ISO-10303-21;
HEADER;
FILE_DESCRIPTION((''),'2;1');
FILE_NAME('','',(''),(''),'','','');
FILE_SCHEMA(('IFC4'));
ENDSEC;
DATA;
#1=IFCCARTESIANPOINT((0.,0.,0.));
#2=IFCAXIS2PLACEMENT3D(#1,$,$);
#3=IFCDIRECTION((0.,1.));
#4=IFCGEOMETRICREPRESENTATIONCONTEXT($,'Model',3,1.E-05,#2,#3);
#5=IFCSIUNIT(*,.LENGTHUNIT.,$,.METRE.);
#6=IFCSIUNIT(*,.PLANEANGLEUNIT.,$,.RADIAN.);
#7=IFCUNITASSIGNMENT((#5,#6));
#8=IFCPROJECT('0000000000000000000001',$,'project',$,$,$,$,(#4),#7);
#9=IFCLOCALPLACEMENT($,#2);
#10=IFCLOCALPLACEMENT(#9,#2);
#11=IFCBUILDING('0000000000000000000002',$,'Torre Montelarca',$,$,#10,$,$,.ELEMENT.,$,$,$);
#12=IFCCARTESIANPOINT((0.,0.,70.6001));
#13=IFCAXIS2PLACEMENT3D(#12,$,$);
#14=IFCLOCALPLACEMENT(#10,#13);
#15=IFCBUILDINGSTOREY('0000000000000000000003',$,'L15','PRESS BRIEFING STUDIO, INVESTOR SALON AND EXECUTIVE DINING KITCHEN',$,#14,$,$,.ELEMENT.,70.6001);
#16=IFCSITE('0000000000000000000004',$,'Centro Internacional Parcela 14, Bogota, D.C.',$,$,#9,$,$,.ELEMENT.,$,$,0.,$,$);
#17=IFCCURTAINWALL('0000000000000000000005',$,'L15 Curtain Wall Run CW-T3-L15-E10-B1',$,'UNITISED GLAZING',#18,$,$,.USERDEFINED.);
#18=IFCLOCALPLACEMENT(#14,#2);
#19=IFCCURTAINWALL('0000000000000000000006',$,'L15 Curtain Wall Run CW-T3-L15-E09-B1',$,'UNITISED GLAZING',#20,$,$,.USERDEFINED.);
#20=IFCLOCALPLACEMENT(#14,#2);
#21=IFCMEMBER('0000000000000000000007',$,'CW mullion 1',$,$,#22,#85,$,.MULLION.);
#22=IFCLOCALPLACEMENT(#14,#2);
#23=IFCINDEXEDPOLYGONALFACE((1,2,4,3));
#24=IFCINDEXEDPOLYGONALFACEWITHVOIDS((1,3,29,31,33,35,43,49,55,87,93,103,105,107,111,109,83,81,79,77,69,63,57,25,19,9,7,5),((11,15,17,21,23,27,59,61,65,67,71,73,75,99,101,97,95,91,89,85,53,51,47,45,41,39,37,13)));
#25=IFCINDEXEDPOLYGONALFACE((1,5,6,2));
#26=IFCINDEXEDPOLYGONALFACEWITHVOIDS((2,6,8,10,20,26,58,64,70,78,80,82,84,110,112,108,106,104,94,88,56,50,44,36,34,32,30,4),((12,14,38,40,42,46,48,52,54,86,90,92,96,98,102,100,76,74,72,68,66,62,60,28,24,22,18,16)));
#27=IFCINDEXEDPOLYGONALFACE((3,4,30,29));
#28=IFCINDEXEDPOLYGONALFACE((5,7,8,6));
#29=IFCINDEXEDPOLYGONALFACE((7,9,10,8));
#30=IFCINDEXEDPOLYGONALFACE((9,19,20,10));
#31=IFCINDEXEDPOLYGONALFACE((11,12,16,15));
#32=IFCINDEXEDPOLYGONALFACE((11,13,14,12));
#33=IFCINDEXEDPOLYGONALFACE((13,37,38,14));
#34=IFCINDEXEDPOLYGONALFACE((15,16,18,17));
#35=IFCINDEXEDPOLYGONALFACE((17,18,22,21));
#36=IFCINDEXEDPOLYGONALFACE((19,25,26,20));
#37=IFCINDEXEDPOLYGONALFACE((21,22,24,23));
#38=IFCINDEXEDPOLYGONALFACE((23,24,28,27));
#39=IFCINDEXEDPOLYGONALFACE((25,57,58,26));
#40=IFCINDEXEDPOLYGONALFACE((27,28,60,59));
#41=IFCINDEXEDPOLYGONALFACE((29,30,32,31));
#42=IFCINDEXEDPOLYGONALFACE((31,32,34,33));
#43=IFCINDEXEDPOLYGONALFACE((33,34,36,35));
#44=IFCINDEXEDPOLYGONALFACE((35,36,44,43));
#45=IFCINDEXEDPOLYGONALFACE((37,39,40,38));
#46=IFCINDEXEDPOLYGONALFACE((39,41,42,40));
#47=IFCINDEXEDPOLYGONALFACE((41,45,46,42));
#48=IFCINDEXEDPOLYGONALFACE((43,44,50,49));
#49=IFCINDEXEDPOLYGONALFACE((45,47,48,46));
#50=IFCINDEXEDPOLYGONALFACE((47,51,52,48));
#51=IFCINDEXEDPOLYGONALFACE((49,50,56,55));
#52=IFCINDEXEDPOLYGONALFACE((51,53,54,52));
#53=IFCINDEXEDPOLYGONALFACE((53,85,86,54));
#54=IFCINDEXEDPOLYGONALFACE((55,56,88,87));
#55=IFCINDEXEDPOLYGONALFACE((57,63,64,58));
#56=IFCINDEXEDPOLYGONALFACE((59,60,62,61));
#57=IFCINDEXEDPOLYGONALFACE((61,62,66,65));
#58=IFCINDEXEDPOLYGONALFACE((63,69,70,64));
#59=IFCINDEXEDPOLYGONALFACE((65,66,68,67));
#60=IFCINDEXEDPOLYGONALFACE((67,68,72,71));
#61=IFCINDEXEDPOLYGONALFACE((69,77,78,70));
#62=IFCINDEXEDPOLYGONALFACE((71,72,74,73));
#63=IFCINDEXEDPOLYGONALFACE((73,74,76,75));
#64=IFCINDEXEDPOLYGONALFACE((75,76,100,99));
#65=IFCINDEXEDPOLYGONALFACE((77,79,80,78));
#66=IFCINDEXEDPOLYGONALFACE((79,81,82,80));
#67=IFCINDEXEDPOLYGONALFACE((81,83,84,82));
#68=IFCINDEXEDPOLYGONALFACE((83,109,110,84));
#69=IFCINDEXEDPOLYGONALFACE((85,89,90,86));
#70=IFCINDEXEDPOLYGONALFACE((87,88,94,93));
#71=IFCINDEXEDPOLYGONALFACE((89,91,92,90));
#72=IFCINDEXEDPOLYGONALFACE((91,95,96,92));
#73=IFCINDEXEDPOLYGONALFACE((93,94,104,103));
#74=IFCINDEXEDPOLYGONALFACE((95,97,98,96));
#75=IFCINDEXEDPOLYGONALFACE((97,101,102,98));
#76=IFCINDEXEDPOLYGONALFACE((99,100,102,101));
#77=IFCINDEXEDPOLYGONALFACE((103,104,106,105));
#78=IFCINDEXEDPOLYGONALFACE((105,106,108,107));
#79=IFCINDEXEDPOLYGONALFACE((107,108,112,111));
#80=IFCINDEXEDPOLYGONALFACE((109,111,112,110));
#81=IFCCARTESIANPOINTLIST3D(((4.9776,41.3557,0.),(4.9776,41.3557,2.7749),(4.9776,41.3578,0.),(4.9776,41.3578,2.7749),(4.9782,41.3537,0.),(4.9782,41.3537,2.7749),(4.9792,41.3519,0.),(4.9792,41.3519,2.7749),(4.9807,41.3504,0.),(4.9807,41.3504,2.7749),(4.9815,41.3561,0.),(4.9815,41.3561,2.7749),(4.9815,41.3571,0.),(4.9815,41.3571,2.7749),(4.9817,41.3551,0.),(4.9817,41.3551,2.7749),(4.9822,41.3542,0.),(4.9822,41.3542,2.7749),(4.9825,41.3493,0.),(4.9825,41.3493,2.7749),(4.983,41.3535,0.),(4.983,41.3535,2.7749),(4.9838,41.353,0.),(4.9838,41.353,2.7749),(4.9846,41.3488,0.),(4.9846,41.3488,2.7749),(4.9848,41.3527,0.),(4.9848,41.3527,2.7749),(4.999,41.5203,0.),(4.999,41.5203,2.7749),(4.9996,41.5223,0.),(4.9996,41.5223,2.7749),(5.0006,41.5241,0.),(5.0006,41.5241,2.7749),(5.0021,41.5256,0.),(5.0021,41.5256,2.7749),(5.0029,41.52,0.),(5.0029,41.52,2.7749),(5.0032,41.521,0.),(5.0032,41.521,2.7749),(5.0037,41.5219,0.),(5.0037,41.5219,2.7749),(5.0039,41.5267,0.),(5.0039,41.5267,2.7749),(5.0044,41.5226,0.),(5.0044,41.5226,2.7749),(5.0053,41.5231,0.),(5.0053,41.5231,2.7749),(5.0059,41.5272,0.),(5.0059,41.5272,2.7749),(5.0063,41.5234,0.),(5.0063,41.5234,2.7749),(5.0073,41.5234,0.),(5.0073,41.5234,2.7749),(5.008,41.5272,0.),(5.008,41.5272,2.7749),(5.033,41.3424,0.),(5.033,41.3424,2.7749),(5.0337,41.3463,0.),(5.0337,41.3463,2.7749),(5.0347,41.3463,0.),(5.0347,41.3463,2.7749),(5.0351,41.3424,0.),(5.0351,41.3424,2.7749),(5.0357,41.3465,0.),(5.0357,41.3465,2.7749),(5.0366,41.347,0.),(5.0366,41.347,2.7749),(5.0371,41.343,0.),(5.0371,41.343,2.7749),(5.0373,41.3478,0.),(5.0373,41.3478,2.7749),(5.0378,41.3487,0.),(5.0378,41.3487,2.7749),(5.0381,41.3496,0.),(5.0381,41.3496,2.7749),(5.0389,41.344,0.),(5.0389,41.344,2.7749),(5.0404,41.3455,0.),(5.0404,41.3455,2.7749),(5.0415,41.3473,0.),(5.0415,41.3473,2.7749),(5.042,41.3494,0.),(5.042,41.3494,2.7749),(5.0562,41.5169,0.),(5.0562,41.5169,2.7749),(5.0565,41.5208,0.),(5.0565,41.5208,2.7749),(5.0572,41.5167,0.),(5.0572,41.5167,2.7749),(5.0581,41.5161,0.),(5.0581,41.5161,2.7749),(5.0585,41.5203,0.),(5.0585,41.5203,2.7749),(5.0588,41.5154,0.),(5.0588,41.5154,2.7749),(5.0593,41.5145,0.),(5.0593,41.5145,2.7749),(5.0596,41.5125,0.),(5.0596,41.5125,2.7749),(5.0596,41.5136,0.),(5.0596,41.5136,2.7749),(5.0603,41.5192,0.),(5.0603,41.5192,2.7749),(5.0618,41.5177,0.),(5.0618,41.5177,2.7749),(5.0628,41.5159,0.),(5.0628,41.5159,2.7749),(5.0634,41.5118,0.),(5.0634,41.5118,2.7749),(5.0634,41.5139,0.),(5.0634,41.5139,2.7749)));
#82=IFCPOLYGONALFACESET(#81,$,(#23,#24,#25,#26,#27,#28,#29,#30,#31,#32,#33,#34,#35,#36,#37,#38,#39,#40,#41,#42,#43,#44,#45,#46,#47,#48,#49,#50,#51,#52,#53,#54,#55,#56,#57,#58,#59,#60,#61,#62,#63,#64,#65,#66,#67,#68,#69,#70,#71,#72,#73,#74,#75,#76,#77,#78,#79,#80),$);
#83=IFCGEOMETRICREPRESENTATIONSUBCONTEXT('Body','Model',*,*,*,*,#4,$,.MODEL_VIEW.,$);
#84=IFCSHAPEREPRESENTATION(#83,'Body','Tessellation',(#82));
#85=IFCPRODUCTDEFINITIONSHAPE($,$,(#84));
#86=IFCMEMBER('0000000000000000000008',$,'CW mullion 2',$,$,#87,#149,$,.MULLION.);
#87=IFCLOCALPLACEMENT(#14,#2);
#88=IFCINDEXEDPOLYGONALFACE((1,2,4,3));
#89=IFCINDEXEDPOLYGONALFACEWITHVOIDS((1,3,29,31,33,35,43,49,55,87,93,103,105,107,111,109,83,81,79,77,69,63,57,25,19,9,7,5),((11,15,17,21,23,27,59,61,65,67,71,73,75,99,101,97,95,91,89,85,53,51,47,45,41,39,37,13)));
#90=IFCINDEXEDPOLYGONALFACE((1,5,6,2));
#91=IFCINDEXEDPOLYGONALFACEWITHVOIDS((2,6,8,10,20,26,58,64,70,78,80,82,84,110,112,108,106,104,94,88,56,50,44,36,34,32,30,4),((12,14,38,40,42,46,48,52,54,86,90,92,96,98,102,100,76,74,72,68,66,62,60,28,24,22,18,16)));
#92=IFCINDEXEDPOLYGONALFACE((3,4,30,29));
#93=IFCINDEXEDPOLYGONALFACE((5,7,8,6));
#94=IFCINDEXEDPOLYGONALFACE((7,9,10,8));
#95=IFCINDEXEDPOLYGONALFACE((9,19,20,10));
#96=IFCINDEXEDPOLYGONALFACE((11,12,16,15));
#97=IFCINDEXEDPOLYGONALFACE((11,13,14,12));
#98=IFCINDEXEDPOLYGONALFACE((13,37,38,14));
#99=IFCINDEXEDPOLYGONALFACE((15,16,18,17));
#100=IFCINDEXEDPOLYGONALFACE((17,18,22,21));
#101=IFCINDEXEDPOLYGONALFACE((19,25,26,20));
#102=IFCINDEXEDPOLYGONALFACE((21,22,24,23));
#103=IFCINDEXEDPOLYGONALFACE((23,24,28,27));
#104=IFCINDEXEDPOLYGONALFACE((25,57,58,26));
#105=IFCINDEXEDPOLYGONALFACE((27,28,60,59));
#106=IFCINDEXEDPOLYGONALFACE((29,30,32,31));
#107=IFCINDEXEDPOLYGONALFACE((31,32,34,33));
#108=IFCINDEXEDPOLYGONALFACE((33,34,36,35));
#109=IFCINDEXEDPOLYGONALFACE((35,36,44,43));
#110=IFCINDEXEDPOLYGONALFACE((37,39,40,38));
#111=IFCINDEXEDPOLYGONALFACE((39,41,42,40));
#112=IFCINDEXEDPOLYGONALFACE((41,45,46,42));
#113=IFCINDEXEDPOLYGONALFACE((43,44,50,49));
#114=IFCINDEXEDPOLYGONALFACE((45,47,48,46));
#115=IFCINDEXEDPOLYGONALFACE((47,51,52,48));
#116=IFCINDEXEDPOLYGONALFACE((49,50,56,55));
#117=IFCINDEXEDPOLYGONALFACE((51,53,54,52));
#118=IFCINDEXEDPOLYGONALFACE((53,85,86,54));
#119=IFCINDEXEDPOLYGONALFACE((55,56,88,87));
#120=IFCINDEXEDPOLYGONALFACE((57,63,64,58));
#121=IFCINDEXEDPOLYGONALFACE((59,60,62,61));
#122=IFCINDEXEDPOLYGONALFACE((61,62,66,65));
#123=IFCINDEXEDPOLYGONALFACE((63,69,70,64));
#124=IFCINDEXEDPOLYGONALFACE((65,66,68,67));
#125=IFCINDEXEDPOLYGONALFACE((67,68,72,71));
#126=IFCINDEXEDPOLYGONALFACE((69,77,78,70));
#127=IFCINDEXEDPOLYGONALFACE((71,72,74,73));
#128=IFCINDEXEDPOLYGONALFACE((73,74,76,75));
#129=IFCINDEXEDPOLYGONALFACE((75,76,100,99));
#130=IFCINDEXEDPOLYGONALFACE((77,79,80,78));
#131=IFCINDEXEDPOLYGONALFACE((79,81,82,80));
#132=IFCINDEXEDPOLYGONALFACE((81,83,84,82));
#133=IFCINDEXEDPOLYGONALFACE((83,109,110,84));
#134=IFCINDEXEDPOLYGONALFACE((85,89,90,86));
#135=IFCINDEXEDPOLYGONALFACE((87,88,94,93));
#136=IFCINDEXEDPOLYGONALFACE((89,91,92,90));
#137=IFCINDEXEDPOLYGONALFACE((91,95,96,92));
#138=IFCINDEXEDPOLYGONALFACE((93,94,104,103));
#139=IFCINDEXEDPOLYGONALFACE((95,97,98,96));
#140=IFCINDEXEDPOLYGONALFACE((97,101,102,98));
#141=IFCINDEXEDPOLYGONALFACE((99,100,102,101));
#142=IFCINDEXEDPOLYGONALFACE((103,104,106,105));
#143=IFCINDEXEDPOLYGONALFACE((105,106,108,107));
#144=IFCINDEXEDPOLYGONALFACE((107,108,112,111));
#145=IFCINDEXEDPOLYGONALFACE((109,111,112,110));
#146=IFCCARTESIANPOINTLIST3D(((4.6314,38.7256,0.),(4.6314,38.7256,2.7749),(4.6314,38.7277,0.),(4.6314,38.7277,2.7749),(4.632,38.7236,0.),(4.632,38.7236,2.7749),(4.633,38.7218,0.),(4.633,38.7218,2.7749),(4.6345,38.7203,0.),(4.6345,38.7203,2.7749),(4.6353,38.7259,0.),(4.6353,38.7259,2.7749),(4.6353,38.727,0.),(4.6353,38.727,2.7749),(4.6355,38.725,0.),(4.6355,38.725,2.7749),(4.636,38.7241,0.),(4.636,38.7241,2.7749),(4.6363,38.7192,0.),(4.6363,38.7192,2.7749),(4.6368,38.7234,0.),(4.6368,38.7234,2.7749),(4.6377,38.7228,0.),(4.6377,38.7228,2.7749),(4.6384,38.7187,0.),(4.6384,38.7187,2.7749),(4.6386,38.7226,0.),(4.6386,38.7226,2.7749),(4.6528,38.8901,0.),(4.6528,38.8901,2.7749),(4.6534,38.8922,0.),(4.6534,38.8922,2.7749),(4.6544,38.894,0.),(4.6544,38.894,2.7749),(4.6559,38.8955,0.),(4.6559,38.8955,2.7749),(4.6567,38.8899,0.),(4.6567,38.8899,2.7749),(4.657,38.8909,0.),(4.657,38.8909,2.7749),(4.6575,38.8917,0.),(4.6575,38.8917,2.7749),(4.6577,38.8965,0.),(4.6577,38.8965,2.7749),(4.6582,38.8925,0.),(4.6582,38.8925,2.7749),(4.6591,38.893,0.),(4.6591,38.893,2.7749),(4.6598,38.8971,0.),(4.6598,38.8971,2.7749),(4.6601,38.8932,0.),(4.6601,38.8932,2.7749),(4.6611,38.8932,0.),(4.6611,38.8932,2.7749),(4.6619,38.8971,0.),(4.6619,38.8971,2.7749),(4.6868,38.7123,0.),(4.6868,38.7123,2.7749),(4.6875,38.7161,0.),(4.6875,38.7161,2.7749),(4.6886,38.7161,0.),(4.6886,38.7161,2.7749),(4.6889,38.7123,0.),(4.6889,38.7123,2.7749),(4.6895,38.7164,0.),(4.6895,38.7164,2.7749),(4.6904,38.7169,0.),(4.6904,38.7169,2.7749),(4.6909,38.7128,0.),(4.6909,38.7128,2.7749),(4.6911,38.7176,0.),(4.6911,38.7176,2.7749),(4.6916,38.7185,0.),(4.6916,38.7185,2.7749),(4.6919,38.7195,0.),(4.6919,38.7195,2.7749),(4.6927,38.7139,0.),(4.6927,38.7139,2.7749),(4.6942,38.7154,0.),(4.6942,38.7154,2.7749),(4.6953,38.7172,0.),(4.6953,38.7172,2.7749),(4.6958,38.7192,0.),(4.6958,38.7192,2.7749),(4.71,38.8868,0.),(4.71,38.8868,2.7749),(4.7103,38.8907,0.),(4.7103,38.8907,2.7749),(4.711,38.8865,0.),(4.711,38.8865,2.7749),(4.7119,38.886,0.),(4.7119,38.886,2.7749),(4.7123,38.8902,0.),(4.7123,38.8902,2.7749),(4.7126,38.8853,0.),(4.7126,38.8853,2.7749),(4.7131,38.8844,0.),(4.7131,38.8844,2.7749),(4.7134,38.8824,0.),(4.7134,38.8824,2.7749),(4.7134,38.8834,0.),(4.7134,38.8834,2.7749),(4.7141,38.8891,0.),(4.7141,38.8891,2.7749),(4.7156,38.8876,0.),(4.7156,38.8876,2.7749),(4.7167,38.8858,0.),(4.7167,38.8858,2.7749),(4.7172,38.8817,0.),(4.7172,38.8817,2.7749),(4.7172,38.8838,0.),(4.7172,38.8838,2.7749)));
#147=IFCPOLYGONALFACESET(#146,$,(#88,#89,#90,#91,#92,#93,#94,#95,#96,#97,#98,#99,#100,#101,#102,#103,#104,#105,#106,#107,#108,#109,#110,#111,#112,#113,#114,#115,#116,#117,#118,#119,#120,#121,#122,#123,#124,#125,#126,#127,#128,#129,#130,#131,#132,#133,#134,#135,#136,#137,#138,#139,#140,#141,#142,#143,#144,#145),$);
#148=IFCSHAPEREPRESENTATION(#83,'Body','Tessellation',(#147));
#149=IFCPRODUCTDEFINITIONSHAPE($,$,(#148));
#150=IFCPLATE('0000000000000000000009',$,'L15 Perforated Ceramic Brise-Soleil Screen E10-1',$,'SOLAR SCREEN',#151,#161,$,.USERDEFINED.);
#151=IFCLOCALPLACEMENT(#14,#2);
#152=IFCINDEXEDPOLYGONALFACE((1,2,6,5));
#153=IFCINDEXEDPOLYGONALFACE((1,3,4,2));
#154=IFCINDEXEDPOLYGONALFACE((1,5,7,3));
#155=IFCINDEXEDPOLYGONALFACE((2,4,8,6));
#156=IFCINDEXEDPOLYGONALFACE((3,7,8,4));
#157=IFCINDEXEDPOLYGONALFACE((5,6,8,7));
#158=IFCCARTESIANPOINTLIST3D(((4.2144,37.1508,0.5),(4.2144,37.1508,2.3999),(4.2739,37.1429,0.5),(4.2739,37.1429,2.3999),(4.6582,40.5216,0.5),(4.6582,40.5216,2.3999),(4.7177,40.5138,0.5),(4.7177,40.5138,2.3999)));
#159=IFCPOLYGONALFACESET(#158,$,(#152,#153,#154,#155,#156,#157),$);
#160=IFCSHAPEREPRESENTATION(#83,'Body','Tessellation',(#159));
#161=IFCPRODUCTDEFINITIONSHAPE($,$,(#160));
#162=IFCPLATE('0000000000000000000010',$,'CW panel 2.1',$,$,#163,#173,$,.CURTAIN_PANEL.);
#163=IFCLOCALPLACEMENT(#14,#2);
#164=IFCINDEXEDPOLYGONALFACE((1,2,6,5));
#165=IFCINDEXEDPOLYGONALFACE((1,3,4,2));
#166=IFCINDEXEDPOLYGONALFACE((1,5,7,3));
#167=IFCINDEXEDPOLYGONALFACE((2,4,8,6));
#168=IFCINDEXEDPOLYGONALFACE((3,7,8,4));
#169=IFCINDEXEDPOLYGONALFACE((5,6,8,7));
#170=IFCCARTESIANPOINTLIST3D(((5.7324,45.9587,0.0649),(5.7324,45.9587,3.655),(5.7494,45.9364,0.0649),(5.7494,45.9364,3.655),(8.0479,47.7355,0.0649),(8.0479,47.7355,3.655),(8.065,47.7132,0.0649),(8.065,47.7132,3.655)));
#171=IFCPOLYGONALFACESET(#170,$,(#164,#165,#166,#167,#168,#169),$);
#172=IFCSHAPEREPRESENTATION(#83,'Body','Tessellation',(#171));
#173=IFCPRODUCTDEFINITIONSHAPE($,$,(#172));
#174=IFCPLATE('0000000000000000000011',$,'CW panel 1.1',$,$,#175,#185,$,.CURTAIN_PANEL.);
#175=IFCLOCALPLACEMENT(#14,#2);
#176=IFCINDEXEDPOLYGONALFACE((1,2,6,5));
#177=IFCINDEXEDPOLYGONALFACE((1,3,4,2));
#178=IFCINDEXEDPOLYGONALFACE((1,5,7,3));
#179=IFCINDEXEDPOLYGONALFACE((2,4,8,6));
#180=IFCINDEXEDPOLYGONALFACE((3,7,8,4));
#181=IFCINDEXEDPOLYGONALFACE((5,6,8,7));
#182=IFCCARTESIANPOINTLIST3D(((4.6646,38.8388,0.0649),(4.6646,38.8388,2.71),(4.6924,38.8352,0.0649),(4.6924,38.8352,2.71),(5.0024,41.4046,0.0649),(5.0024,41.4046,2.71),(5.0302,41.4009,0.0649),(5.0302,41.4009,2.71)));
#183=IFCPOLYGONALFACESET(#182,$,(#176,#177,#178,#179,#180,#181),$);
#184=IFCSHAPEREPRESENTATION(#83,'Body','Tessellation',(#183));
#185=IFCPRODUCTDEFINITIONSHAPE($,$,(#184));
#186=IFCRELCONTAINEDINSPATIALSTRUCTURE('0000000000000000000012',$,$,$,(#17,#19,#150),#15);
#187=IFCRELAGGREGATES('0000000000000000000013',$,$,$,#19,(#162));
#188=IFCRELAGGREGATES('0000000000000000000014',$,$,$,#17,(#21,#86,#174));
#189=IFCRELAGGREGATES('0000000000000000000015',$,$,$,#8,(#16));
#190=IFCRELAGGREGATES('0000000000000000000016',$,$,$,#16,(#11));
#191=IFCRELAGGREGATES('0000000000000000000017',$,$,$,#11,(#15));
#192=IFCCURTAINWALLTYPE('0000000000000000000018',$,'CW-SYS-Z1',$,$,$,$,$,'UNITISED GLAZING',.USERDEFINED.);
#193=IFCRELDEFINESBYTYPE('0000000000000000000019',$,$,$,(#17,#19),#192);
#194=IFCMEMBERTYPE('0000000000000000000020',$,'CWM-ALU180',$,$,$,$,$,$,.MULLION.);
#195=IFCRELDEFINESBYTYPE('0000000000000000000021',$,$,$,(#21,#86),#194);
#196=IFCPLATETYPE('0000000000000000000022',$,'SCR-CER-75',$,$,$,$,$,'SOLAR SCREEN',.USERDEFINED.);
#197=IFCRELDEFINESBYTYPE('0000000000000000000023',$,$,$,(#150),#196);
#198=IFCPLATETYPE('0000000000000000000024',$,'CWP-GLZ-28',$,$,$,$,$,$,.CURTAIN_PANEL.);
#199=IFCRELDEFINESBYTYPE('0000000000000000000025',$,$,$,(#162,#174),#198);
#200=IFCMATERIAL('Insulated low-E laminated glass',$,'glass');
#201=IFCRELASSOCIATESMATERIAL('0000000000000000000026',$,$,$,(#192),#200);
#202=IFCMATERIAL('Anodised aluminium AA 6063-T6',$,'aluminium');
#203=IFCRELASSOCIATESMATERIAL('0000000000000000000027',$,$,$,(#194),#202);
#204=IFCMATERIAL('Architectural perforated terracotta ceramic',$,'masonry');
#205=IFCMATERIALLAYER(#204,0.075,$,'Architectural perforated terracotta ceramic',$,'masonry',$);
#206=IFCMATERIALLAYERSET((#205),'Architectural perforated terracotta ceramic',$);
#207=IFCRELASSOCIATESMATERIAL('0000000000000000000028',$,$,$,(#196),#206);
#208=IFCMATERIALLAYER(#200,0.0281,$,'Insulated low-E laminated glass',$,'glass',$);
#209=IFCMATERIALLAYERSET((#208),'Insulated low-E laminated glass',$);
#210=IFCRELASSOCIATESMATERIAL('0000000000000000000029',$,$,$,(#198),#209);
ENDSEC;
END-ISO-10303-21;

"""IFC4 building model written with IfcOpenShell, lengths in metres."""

from ifc_helpers import new_model, si_unit, direction, frame, origin, origin_2d, place, context, subcontext, project, spatial, rectangle, hollow_rectangle, extrude, source, transform, mapped, material, layer, layer_set, material_profile, profile_set, type_object, element, aggregate, save


model = new_model("IFC4")

# Units and contexts
model_context = context("Model", 3, precision=1e-05, world=origin(), true_north=direction((0.0, 1.0)))
body_context = subcontext(model_context, "Body", "Model", "MODEL_VIEW")
ifc_project = project(units=[si_unit("LENGTHUNIT", "METRE"), si_unit("PLANEANGLEUNIT", "RADIAN")], contexts=[model_context])

# Site, building, storey
site_placement = place(None, origin())
site = spatial("IfcSite", under=ifc_project, at=site_placement, Name="Centro Internacional Parcela 14, Bogota, D.C.", CompositionType="ELEMENT", RefElevation=0.0)
building_placement = place(site_placement, origin())
building = spatial("IfcBuilding", under=site, at=building_placement, Name="Torre Montelarca", CompositionType="ELEMENT")
storey_placement = place(building_placement, frame((0.0, 0.0, 70.6001)))
storey = spatial("IfcBuildingStorey", under=building, at=storey_placement, Name="L15", Description="PRESS BRIEFING STUDIO, INVESTOR SALON AND EXECUTIVE DINING KITCHEN", CompositionType="ELEMENT", Elevation=70.6001)

# Curtain wall
ifc_material_1 = material(Name="Insulated low-E laminated glass", Category="glass")
curtain_wall_type = type_object("IfcCurtainWallType", Name="CW-SYS-Z1", ElementType="UNITISED GLAZING", PredefinedType="USERDEFINED", material=ifc_material_1)
curtain_wall_1_placement = place(storey_placement, origin())
curtain_wall_1 = element("IfcCurtainWall", 1, at=curtain_wall_1_placement, inside=storey, type_object=curtain_wall_type, Name="L15 Curtain Wall Run CW-T3-L15-E10-B1", ObjectType="UNITISED GLAZING", PredefinedType="USERDEFINED")
ifc_material_2 = material(Name="Anodised aluminium AA 6063-T6", Category="aluminium")

# Curtain wall
curtain_wall_2_placement = place(storey_placement, origin())
curtain_wall_2 = element("IfcCurtainWall", 2, at=curtain_wall_2_placement, inside=storey, type_object=curtain_wall_type, Name="L15 Curtain Wall Run CW-T3-L15-E09-B1", ObjectType="UNITISED GLAZING", PredefinedType="USERDEFINED")
ifc_material_profile_1 = material_profile(ifc_material_2, hollow_rectangle(XDim=0.0649, YDim=0.1799, WallThickness=0.0039, InnerFilletRadius=0.0039, OuterFilletRadius=0.0081, at=origin_2d()), Name="ALU65X180X4", Category="aluminium")
ifc_profile_set_1 = profile_set([ifc_material_profile_1], Name="Anodised aluminium AA 6063-T6")
member_type_1 = type_object("IfcMemberType", Name="CWM-ALU180", PredefinedType="MULLION", material=ifc_profile_set_1)

# Members
shared_shape_1 = source(origin(), body_context, "Body", "SweptSolid", [
    extrude(hollow_rectangle(XDim=0.0649, YDim=0.1799, WallThickness=0.0039, InnerFilletRadius=0.0039, OuterFilletRadius=0.0081, at=origin_2d()), origin(), (0.0, 0.0, 1.0), 2.7749),
])
member_1_placement = place(storey_placement, frame((5.0205, 41.4348, 0.0), z_axis=(0.0, 0.0, 1.0), x_axis=(0.991445, -0.130524, 0.0)))
member_1 = element("IfcMember", 3, at=member_1_placement, type_object=member_type_1, Name="CW mullion 1", PredefinedType="MULLION", context=body_context, shape_type="MappedRepresentation", body=[
    mapped(shared_shape_1, transform((0.0, 0.0, 0.0), scale=1.0)),
])
member_2_placement = place(storey_placement, frame((4.6743, 38.8047, 0.0), z_axis=(0.0, 0.0, 1.0), x_axis=(0.991445, -0.130524, 0.0)))
member_2 = element("IfcMember", 4, at=member_2_placement, type_object=member_type_1, Name="CW mullion 2", PredefinedType="MULLION", context=body_context, shape_type="MappedRepresentation", body=[
    mapped(shared_shape_1, transform((0.0, 0.0, 0.0), scale=1.0)),
])

# Plates
ifc_material_3 = material(Name="Architectural perforated terracotta ceramic", Category="masonry")
ifc_layer_1 = layer(ifc_material_3, 0.075, Name="Architectural perforated terracotta ceramic", Category="masonry")
ifc_layer_set_1 = layer_set([ifc_layer_1], Name="Architectural perforated terracotta ceramic")
plate_type_1 = type_object("IfcPlateType", Name="SCR-CER-75", ElementType="SOLAR SCREEN", PredefinedType="USERDEFINED", material=ifc_layer_set_1)
shared_shape_2 = source(origin(), body_context, "Body", "SweptSolid", [
    extrude(rectangle(XDim=3.3999, YDim=0.0601, at=origin_2d()), origin(), (0.0, 0.0, 1.0), 1.8999),
])
plate_1_placement = place(storey_placement, frame((4.4661, 38.8323, 0.5), z_axis=(0.0, 0.0, 1.0), x_axis=(-0.130528, -0.991445, 0.0)))
element("IfcPlate", 5, at=plate_1_placement, inside=storey, type_object=plate_type_1, Name="L15 Perforated Ceramic Brise-Soleil Screen E10-1", ObjectType="SOLAR SCREEN", PredefinedType="USERDEFINED", context=body_context, shape_type="MappedRepresentation", body=[
    mapped(shared_shape_2, transform((0.0, 0.0, 0.0), scale=1.0)),
])
ifc_layer_2 = layer(ifc_material_1, 0.0281, Name="Insulated low-E laminated glass", Category="glass")
ifc_layer_set_2 = layer_set([ifc_layer_2], Name="Insulated low-E laminated glass")
plate_type_2 = type_object("IfcPlateType", Name="CWP-GLZ-28", PredefinedType="CURTAIN_PANEL", material=ifc_layer_set_2)
shared_shape_3 = source(origin(), body_context, "Body", "SweptSolid", [
    extrude(rectangle(XDim=2.9187, YDim=0.0281, at=origin_2d()), origin(), (0.0, 0.0, 1.0), 3.5901),
])
plate_2_placement = place(storey_placement, frame((6.8987, 46.8359, 0.0649), z_axis=(0.0, 0.0, 1.0), x_axis=(-0.793351, -0.608764, 0.0)))
plate_2 = element("IfcPlate", 6, at=plate_2_placement, type_object=plate_type_2, Name="CW panel 2.1", PredefinedType="CURTAIN_PANEL", context=body_context, shape_type="MappedRepresentation", body=[
    mapped(shared_shape_3, transform((0.0, 0.0, 0.0), scale=1.0)),
])
aggregate(curtain_wall_2, [plate_2])
shared_shape_4 = source(origin(), body_context, "Body", "SweptSolid", [
    extrude(rectangle(XDim=2.5879, YDim=0.0281, at=origin_2d()), origin(), (0.0, 0.0, 1.0), 2.645),
])
plate_3_placement = place(storey_placement, frame((4.8474, 40.1199, 0.0649), z_axis=(0.0, 0.0, 1.0), x_axis=(-0.130524, -0.991445, 0.0)))
plate_3 = element("IfcPlate", 7, at=plate_3_placement, type_object=plate_type_2, Name="CW panel 1.1", PredefinedType="CURTAIN_PANEL", context=body_context, shape_type="MappedRepresentation", body=[
    mapped(shared_shape_4, transform((0.0, 0.0, 0.0), scale=1.0)),
])
aggregate(curtain_wall_1, [member_1, member_2, plate_3])

save(model, "model.ifc")
